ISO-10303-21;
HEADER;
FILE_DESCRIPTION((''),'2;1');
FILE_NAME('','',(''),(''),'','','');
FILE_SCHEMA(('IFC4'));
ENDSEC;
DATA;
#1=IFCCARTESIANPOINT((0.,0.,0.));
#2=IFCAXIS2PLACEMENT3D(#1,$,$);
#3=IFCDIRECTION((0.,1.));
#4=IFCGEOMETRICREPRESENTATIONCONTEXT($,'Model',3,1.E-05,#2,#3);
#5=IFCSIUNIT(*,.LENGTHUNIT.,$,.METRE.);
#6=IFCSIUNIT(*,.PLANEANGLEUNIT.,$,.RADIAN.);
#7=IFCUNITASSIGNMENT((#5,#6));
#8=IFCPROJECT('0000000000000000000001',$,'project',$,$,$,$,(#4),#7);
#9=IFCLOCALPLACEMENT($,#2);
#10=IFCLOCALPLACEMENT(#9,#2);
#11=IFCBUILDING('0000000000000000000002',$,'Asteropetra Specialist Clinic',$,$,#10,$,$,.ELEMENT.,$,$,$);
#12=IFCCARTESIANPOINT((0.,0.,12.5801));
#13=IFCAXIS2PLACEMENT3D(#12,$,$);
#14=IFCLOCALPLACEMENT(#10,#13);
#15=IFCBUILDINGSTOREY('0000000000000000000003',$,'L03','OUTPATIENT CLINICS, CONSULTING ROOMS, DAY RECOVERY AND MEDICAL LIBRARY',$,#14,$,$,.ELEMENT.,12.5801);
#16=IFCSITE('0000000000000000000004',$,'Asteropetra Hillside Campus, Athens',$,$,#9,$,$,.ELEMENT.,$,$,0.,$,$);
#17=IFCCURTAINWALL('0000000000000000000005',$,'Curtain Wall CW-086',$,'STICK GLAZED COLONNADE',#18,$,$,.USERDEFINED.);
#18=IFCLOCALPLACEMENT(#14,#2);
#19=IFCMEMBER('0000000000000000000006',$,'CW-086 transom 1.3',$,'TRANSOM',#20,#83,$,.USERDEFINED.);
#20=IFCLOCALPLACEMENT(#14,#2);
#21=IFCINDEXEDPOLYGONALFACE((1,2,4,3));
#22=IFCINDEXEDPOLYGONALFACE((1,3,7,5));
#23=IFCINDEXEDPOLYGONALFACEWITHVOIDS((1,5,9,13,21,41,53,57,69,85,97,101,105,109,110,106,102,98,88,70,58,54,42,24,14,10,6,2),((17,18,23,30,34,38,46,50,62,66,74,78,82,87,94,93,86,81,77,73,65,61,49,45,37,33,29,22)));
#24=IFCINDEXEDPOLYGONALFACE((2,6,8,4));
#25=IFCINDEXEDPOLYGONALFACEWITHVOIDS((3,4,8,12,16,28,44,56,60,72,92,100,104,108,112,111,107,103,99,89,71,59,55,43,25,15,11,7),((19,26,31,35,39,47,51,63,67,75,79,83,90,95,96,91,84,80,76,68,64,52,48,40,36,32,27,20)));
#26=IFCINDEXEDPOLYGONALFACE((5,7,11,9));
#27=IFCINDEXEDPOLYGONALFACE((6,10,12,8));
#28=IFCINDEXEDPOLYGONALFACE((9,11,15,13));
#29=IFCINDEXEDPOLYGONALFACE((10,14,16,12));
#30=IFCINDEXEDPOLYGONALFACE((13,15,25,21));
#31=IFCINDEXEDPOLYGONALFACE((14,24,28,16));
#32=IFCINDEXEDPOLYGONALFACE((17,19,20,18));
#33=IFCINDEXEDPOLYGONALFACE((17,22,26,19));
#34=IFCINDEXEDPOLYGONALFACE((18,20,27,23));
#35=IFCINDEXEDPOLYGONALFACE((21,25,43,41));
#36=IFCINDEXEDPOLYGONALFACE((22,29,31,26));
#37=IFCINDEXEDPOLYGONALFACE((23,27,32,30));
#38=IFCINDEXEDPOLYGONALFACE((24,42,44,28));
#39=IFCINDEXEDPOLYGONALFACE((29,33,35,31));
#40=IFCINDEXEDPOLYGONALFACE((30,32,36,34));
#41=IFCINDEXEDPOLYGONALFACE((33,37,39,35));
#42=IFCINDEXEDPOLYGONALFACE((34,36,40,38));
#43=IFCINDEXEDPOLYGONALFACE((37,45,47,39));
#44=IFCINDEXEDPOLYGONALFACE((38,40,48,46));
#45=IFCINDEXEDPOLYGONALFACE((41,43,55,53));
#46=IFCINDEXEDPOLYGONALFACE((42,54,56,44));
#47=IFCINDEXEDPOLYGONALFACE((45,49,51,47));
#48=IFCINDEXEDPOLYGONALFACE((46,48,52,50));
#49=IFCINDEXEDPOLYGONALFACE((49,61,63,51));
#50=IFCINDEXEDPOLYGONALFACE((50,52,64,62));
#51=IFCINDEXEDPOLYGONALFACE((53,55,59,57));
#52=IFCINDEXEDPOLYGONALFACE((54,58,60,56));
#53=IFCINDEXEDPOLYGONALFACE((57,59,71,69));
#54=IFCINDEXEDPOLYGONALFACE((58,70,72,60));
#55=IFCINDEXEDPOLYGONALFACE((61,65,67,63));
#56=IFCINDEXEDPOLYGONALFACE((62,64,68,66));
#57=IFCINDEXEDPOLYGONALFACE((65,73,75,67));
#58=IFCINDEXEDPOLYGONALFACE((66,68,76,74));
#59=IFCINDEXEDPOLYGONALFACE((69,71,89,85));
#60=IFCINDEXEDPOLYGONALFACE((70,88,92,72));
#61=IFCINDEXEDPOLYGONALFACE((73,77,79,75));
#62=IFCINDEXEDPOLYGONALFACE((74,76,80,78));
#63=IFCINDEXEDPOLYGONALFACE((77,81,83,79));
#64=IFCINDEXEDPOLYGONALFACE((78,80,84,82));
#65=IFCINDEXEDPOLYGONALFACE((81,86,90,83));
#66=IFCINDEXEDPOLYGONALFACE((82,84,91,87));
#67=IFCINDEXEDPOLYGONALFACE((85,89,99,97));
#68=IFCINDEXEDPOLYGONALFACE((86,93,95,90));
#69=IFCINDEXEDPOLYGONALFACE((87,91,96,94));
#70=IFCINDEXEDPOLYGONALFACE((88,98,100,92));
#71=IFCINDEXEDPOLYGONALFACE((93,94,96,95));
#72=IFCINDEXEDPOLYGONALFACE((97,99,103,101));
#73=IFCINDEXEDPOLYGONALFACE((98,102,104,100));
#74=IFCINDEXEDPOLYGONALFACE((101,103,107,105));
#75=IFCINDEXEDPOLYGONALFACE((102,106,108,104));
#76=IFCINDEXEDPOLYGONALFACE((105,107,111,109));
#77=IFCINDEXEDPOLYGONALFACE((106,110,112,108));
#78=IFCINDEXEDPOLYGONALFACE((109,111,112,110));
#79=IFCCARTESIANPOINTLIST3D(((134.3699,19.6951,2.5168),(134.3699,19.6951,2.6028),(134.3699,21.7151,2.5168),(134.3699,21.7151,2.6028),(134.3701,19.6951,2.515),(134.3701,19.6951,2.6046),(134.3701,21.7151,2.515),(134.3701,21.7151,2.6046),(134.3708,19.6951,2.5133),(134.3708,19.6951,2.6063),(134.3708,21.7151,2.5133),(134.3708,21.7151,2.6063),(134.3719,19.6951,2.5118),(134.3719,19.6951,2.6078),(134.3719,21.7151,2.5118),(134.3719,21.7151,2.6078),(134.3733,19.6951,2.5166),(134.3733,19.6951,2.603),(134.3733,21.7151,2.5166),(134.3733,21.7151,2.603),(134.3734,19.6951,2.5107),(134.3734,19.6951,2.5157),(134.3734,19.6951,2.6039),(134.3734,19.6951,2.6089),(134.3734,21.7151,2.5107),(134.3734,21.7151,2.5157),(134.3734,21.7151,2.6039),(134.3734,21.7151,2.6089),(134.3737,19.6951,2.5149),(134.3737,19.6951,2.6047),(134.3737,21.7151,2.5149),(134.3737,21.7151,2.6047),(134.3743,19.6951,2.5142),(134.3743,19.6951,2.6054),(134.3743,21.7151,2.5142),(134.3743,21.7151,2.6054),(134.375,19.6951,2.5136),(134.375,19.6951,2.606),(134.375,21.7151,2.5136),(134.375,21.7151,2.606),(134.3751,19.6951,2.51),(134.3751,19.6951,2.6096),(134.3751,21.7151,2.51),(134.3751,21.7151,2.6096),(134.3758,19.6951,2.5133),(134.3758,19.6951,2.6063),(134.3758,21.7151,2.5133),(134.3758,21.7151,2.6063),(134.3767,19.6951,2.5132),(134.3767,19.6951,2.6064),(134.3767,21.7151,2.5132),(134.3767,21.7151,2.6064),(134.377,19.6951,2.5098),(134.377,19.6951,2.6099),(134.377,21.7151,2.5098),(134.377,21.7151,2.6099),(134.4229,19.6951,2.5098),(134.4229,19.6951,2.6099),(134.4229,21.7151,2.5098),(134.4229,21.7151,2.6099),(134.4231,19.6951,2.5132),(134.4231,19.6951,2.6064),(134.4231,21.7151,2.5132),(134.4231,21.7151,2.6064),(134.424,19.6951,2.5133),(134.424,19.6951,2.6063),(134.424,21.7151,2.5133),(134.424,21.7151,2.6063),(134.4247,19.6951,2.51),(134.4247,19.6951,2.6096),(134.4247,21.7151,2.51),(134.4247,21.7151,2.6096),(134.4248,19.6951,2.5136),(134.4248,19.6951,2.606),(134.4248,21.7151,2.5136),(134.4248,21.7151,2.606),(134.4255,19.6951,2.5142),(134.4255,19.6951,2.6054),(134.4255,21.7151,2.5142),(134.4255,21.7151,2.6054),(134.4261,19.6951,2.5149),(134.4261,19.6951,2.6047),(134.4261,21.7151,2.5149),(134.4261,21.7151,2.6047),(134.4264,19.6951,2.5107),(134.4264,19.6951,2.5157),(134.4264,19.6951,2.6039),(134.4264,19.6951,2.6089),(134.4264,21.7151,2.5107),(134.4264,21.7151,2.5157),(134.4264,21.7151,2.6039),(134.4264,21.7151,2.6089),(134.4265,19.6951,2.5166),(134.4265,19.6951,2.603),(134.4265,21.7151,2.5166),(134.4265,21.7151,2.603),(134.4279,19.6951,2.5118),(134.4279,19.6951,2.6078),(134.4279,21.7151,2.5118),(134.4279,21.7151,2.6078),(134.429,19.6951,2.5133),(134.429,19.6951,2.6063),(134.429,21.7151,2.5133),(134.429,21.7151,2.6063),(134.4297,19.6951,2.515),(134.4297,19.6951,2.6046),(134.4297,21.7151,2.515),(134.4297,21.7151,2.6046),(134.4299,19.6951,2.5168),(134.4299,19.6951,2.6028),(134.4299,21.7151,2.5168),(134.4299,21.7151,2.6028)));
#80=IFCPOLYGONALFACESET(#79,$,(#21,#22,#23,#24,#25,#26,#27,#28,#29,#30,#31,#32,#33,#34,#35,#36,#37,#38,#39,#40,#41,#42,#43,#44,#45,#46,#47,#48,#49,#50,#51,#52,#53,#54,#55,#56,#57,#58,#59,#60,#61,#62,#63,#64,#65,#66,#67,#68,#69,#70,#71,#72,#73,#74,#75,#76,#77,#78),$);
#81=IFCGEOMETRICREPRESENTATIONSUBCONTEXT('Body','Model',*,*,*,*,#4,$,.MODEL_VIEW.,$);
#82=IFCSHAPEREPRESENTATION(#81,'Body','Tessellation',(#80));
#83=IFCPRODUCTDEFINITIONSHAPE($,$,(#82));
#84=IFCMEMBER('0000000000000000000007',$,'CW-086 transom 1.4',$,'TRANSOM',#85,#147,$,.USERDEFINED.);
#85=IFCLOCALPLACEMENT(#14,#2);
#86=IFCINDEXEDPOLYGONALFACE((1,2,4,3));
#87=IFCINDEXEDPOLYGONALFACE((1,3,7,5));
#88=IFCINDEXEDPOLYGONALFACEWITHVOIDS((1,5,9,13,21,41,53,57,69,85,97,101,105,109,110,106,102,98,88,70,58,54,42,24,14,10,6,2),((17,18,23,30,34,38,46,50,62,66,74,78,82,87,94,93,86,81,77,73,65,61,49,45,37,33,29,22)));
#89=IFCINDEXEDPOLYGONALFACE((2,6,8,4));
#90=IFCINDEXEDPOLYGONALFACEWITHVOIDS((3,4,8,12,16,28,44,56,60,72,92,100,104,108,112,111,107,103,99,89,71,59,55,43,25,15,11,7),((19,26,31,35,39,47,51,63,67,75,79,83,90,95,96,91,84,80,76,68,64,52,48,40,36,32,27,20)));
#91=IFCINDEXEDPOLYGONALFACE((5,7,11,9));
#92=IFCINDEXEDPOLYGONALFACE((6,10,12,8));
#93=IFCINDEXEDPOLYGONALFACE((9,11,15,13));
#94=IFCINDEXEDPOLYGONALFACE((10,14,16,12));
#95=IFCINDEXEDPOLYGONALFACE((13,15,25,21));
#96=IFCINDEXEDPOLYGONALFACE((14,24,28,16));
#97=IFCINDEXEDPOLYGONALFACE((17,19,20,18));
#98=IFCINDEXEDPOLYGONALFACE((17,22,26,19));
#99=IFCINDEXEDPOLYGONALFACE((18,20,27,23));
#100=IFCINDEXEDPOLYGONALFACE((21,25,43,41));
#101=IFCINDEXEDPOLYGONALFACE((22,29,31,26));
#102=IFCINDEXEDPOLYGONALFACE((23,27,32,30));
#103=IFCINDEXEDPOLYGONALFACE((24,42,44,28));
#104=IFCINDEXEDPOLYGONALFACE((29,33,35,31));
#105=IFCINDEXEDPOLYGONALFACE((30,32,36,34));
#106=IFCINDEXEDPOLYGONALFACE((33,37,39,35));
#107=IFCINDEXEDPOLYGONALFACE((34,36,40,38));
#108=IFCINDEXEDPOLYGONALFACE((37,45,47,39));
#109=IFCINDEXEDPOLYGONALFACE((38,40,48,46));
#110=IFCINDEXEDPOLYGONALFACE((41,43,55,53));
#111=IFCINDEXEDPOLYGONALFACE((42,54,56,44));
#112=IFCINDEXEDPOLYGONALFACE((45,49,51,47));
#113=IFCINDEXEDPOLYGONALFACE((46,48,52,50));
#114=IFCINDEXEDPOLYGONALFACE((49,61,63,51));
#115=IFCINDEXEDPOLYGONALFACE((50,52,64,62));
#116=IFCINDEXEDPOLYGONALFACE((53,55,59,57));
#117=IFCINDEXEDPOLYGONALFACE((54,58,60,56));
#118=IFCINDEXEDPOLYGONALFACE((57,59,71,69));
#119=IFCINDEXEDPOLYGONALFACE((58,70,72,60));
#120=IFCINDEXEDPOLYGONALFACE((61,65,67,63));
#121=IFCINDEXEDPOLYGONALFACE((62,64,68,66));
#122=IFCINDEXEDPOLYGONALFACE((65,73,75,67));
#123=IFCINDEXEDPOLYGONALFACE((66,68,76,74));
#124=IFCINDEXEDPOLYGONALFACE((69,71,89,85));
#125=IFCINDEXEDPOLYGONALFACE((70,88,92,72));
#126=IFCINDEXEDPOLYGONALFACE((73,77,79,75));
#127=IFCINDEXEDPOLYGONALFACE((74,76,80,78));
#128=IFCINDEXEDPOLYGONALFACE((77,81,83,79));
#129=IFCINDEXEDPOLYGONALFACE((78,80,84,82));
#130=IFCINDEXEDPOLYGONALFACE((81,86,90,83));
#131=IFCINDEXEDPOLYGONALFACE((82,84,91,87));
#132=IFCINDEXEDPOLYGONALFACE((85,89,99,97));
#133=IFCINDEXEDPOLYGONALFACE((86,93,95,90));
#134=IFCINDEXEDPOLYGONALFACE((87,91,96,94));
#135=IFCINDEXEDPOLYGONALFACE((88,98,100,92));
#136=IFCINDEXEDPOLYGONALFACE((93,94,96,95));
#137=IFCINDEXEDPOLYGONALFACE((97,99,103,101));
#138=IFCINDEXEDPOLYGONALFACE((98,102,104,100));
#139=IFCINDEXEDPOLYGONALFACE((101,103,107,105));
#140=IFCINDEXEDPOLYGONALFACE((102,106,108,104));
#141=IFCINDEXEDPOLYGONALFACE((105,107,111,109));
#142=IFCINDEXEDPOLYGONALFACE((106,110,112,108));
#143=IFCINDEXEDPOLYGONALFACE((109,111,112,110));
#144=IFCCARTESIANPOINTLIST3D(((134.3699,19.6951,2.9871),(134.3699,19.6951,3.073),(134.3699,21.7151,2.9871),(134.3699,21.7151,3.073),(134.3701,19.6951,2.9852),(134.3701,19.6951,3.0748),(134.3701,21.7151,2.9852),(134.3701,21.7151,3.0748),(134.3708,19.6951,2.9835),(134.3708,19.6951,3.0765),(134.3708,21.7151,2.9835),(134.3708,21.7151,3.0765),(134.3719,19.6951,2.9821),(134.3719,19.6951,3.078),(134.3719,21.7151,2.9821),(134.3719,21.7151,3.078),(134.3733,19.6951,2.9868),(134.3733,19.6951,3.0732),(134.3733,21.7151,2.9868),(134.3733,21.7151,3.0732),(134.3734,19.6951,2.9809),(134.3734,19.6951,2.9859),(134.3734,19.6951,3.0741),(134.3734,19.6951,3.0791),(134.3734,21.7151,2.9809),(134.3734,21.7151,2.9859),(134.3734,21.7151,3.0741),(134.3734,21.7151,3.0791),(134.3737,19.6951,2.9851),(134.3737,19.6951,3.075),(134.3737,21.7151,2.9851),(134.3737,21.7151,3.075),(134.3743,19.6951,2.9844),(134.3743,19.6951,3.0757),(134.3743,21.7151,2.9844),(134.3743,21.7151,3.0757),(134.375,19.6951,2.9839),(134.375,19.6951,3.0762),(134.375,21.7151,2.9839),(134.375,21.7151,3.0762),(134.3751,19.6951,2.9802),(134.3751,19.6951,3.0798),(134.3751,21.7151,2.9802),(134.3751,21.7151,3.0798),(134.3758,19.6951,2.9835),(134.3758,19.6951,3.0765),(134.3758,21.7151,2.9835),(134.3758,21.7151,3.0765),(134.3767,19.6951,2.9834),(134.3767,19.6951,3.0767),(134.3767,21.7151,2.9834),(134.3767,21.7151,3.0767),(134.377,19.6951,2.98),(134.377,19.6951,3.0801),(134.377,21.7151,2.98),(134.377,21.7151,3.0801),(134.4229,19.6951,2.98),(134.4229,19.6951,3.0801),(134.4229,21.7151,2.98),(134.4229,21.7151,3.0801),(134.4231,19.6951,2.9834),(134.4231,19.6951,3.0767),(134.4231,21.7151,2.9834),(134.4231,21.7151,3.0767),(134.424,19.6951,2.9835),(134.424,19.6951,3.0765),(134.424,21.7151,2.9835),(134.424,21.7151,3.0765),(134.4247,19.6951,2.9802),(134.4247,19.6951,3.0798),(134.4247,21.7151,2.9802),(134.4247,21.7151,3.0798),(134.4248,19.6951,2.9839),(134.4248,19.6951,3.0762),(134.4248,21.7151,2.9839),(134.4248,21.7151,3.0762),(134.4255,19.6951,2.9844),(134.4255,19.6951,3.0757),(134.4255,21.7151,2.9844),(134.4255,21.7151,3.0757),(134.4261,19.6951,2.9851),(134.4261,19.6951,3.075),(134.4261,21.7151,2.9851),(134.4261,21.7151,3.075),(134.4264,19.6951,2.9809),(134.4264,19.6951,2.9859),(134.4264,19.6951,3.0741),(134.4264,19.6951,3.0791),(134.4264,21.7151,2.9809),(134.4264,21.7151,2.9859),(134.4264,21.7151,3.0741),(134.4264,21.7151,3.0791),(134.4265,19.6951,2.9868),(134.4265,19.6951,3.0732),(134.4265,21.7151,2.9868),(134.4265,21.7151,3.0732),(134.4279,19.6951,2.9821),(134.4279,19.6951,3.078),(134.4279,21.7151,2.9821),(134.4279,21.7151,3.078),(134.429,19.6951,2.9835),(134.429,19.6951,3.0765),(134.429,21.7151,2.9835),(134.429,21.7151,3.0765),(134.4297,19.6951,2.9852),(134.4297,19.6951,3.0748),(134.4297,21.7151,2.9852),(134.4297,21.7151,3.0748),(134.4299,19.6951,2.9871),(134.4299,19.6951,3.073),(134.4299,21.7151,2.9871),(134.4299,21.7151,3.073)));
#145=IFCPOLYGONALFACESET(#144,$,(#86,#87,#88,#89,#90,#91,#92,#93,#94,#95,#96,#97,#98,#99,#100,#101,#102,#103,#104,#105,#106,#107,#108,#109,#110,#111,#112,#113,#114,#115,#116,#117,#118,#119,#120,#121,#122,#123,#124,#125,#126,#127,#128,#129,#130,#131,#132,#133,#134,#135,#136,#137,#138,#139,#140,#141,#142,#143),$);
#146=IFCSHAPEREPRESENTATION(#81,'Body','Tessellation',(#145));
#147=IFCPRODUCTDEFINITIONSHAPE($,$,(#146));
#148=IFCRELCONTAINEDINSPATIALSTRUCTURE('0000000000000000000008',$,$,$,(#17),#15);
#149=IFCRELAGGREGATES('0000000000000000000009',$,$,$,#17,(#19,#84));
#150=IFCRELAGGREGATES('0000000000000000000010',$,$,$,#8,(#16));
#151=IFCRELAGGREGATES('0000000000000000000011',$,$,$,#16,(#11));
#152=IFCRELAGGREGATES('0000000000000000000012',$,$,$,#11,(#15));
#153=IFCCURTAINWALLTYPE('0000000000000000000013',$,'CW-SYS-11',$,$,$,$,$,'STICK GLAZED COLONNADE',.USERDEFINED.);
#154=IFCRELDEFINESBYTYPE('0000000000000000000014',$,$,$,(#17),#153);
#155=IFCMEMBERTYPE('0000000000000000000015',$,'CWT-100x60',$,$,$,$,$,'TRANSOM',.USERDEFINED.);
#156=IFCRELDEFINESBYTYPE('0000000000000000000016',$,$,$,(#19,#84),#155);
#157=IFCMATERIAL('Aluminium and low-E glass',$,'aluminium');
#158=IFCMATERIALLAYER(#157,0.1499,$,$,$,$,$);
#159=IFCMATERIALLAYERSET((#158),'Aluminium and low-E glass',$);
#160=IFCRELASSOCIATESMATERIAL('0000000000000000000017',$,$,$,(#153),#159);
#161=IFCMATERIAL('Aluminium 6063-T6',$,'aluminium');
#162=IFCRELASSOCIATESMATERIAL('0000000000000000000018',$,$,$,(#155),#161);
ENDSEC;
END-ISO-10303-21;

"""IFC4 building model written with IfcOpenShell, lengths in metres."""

from ifc_helpers import new_model, si_unit, direction, frame, origin, origin_2d, place, context, subcontext, project, spatial, hollow_rectangle, extrude, material, layer, layer_set, material_profile, profile_set, type_object, element, aggregate, save


model = new_model("IFC4")

# Units and contexts
model_context = context("Model", 3, precision=1e-05, world=origin(), true_north=direction((0.0, 1.0)))
body_context = subcontext(model_context, "Body", "Model", "MODEL_VIEW")
ifc_project = project(units=[si_unit("LENGTHUNIT", "METRE"), si_unit("PLANEANGLEUNIT", "RADIAN")], contexts=[model_context])

# Site, building, storey
site_placement = place(None, origin())
site = spatial("IfcSite", under=ifc_project, at=site_placement, Name="Asteropetra Hillside Campus, Athens", CompositionType="ELEMENT", RefElevation=0.0)
building_placement = place(site_placement, origin())
building = spatial("IfcBuilding", under=site, at=building_placement, Name="Asteropetra Specialist Clinic", CompositionType="ELEMENT")
storey_placement = place(building_placement, frame((0.0, 0.0, 12.5801)))
storey = spatial("IfcBuildingStorey", under=building, at=storey_placement, Name="L03", Description="OUTPATIENT CLINICS, CONSULTING ROOMS, DAY RECOVERY AND MEDICAL LIBRARY", CompositionType="ELEMENT", Elevation=12.5801)

# Curtain wall, members
ifc_material_1 = material(Name="Aluminium and low-E glass", Category="aluminium")
ifc_layer_1 = layer(ifc_material_1, 0.1499)
ifc_layer_set_1 = layer_set([ifc_layer_1], Name="Aluminium and low-E glass")
curtain_wall_type_1 = type_object("IfcCurtainWallType", Name="CW-SYS-11", ElementType="STICK GLAZED COLONNADE", PredefinedType="USERDEFINED", material=ifc_layer_set_1)
curtain_wall_1_placement = place(storey_placement, origin())
curtain_wall_1 = element("IfcCurtainWall", 1, at=curtain_wall_1_placement, inside=storey, type_object=curtain_wall_type_1, Name="Curtain Wall CW-086", ObjectType="STICK GLAZED COLONNADE", PredefinedType="USERDEFINED")
ifc_material_2 = material(Name="Aluminium 6063-T6", Category="aluminium")
ifc_material_profile_1 = material_profile(ifc_material_2, hollow_rectangle(XDim=0.0601, YDim=0.1001, WallThickness=0.0034, InnerFilletRadius=0.0034, OuterFilletRadius=0.0071, at=origin_2d()), Name="TRN 100x60x3.5")
ifc_profile_set_1 = profile_set([ifc_material_profile_1], Name="Aluminium 6063-T6")
member_type_1 = type_object("IfcMemberType", Name="CWT-100x60", ElementType="TRANSOM", PredefinedType="USERDEFINED", material=ifc_profile_set_1)
member_1_placement = place(storey_placement, frame((134.3999, 19.6951, 2.5598), z_axis=(0.0, 1.0, 0.0), x_axis=(-1.0, 0.0, 0.0)))
member_1 = element("IfcMember", 2, at=member_1_placement, type_object=member_type_1, Name="CW-086 transom 1.3", ObjectType="TRANSOM", PredefinedType="USERDEFINED", context=body_context, shape_type="SweptSolid", body=[
    extrude(hollow_rectangle(XDim=0.0601, YDim=0.1001, WallThickness=0.0034, InnerFilletRadius=0.0034, OuterFilletRadius=0.0071, at=origin_2d()), origin(), (0.0, 0.0, 1.0), 2.02),
])
member_2_placement = place(storey_placement, frame((134.3999, 19.6951, 3.03), z_axis=(0.0, 1.0, 0.0), x_axis=(-1.0, 0.0, 0.0)))
member_2 = element("IfcMember", 3, at=member_2_placement, type_object=member_type_1, Name="CW-086 transom 1.4", ObjectType="TRANSOM", PredefinedType="USERDEFINED", context=body_context, shape_type="SweptSolid", body=[
    extrude(hollow_rectangle(XDim=0.0601, YDim=0.1001, WallThickness=0.0034, InnerFilletRadius=0.0034, OuterFilletRadius=0.0071, at=origin_2d()), origin(), (0.0, 0.0, 1.0), 2.02),
])

aggregate(curtain_wall_1, [member_1, member_2])

save(model, "model.ifc")
